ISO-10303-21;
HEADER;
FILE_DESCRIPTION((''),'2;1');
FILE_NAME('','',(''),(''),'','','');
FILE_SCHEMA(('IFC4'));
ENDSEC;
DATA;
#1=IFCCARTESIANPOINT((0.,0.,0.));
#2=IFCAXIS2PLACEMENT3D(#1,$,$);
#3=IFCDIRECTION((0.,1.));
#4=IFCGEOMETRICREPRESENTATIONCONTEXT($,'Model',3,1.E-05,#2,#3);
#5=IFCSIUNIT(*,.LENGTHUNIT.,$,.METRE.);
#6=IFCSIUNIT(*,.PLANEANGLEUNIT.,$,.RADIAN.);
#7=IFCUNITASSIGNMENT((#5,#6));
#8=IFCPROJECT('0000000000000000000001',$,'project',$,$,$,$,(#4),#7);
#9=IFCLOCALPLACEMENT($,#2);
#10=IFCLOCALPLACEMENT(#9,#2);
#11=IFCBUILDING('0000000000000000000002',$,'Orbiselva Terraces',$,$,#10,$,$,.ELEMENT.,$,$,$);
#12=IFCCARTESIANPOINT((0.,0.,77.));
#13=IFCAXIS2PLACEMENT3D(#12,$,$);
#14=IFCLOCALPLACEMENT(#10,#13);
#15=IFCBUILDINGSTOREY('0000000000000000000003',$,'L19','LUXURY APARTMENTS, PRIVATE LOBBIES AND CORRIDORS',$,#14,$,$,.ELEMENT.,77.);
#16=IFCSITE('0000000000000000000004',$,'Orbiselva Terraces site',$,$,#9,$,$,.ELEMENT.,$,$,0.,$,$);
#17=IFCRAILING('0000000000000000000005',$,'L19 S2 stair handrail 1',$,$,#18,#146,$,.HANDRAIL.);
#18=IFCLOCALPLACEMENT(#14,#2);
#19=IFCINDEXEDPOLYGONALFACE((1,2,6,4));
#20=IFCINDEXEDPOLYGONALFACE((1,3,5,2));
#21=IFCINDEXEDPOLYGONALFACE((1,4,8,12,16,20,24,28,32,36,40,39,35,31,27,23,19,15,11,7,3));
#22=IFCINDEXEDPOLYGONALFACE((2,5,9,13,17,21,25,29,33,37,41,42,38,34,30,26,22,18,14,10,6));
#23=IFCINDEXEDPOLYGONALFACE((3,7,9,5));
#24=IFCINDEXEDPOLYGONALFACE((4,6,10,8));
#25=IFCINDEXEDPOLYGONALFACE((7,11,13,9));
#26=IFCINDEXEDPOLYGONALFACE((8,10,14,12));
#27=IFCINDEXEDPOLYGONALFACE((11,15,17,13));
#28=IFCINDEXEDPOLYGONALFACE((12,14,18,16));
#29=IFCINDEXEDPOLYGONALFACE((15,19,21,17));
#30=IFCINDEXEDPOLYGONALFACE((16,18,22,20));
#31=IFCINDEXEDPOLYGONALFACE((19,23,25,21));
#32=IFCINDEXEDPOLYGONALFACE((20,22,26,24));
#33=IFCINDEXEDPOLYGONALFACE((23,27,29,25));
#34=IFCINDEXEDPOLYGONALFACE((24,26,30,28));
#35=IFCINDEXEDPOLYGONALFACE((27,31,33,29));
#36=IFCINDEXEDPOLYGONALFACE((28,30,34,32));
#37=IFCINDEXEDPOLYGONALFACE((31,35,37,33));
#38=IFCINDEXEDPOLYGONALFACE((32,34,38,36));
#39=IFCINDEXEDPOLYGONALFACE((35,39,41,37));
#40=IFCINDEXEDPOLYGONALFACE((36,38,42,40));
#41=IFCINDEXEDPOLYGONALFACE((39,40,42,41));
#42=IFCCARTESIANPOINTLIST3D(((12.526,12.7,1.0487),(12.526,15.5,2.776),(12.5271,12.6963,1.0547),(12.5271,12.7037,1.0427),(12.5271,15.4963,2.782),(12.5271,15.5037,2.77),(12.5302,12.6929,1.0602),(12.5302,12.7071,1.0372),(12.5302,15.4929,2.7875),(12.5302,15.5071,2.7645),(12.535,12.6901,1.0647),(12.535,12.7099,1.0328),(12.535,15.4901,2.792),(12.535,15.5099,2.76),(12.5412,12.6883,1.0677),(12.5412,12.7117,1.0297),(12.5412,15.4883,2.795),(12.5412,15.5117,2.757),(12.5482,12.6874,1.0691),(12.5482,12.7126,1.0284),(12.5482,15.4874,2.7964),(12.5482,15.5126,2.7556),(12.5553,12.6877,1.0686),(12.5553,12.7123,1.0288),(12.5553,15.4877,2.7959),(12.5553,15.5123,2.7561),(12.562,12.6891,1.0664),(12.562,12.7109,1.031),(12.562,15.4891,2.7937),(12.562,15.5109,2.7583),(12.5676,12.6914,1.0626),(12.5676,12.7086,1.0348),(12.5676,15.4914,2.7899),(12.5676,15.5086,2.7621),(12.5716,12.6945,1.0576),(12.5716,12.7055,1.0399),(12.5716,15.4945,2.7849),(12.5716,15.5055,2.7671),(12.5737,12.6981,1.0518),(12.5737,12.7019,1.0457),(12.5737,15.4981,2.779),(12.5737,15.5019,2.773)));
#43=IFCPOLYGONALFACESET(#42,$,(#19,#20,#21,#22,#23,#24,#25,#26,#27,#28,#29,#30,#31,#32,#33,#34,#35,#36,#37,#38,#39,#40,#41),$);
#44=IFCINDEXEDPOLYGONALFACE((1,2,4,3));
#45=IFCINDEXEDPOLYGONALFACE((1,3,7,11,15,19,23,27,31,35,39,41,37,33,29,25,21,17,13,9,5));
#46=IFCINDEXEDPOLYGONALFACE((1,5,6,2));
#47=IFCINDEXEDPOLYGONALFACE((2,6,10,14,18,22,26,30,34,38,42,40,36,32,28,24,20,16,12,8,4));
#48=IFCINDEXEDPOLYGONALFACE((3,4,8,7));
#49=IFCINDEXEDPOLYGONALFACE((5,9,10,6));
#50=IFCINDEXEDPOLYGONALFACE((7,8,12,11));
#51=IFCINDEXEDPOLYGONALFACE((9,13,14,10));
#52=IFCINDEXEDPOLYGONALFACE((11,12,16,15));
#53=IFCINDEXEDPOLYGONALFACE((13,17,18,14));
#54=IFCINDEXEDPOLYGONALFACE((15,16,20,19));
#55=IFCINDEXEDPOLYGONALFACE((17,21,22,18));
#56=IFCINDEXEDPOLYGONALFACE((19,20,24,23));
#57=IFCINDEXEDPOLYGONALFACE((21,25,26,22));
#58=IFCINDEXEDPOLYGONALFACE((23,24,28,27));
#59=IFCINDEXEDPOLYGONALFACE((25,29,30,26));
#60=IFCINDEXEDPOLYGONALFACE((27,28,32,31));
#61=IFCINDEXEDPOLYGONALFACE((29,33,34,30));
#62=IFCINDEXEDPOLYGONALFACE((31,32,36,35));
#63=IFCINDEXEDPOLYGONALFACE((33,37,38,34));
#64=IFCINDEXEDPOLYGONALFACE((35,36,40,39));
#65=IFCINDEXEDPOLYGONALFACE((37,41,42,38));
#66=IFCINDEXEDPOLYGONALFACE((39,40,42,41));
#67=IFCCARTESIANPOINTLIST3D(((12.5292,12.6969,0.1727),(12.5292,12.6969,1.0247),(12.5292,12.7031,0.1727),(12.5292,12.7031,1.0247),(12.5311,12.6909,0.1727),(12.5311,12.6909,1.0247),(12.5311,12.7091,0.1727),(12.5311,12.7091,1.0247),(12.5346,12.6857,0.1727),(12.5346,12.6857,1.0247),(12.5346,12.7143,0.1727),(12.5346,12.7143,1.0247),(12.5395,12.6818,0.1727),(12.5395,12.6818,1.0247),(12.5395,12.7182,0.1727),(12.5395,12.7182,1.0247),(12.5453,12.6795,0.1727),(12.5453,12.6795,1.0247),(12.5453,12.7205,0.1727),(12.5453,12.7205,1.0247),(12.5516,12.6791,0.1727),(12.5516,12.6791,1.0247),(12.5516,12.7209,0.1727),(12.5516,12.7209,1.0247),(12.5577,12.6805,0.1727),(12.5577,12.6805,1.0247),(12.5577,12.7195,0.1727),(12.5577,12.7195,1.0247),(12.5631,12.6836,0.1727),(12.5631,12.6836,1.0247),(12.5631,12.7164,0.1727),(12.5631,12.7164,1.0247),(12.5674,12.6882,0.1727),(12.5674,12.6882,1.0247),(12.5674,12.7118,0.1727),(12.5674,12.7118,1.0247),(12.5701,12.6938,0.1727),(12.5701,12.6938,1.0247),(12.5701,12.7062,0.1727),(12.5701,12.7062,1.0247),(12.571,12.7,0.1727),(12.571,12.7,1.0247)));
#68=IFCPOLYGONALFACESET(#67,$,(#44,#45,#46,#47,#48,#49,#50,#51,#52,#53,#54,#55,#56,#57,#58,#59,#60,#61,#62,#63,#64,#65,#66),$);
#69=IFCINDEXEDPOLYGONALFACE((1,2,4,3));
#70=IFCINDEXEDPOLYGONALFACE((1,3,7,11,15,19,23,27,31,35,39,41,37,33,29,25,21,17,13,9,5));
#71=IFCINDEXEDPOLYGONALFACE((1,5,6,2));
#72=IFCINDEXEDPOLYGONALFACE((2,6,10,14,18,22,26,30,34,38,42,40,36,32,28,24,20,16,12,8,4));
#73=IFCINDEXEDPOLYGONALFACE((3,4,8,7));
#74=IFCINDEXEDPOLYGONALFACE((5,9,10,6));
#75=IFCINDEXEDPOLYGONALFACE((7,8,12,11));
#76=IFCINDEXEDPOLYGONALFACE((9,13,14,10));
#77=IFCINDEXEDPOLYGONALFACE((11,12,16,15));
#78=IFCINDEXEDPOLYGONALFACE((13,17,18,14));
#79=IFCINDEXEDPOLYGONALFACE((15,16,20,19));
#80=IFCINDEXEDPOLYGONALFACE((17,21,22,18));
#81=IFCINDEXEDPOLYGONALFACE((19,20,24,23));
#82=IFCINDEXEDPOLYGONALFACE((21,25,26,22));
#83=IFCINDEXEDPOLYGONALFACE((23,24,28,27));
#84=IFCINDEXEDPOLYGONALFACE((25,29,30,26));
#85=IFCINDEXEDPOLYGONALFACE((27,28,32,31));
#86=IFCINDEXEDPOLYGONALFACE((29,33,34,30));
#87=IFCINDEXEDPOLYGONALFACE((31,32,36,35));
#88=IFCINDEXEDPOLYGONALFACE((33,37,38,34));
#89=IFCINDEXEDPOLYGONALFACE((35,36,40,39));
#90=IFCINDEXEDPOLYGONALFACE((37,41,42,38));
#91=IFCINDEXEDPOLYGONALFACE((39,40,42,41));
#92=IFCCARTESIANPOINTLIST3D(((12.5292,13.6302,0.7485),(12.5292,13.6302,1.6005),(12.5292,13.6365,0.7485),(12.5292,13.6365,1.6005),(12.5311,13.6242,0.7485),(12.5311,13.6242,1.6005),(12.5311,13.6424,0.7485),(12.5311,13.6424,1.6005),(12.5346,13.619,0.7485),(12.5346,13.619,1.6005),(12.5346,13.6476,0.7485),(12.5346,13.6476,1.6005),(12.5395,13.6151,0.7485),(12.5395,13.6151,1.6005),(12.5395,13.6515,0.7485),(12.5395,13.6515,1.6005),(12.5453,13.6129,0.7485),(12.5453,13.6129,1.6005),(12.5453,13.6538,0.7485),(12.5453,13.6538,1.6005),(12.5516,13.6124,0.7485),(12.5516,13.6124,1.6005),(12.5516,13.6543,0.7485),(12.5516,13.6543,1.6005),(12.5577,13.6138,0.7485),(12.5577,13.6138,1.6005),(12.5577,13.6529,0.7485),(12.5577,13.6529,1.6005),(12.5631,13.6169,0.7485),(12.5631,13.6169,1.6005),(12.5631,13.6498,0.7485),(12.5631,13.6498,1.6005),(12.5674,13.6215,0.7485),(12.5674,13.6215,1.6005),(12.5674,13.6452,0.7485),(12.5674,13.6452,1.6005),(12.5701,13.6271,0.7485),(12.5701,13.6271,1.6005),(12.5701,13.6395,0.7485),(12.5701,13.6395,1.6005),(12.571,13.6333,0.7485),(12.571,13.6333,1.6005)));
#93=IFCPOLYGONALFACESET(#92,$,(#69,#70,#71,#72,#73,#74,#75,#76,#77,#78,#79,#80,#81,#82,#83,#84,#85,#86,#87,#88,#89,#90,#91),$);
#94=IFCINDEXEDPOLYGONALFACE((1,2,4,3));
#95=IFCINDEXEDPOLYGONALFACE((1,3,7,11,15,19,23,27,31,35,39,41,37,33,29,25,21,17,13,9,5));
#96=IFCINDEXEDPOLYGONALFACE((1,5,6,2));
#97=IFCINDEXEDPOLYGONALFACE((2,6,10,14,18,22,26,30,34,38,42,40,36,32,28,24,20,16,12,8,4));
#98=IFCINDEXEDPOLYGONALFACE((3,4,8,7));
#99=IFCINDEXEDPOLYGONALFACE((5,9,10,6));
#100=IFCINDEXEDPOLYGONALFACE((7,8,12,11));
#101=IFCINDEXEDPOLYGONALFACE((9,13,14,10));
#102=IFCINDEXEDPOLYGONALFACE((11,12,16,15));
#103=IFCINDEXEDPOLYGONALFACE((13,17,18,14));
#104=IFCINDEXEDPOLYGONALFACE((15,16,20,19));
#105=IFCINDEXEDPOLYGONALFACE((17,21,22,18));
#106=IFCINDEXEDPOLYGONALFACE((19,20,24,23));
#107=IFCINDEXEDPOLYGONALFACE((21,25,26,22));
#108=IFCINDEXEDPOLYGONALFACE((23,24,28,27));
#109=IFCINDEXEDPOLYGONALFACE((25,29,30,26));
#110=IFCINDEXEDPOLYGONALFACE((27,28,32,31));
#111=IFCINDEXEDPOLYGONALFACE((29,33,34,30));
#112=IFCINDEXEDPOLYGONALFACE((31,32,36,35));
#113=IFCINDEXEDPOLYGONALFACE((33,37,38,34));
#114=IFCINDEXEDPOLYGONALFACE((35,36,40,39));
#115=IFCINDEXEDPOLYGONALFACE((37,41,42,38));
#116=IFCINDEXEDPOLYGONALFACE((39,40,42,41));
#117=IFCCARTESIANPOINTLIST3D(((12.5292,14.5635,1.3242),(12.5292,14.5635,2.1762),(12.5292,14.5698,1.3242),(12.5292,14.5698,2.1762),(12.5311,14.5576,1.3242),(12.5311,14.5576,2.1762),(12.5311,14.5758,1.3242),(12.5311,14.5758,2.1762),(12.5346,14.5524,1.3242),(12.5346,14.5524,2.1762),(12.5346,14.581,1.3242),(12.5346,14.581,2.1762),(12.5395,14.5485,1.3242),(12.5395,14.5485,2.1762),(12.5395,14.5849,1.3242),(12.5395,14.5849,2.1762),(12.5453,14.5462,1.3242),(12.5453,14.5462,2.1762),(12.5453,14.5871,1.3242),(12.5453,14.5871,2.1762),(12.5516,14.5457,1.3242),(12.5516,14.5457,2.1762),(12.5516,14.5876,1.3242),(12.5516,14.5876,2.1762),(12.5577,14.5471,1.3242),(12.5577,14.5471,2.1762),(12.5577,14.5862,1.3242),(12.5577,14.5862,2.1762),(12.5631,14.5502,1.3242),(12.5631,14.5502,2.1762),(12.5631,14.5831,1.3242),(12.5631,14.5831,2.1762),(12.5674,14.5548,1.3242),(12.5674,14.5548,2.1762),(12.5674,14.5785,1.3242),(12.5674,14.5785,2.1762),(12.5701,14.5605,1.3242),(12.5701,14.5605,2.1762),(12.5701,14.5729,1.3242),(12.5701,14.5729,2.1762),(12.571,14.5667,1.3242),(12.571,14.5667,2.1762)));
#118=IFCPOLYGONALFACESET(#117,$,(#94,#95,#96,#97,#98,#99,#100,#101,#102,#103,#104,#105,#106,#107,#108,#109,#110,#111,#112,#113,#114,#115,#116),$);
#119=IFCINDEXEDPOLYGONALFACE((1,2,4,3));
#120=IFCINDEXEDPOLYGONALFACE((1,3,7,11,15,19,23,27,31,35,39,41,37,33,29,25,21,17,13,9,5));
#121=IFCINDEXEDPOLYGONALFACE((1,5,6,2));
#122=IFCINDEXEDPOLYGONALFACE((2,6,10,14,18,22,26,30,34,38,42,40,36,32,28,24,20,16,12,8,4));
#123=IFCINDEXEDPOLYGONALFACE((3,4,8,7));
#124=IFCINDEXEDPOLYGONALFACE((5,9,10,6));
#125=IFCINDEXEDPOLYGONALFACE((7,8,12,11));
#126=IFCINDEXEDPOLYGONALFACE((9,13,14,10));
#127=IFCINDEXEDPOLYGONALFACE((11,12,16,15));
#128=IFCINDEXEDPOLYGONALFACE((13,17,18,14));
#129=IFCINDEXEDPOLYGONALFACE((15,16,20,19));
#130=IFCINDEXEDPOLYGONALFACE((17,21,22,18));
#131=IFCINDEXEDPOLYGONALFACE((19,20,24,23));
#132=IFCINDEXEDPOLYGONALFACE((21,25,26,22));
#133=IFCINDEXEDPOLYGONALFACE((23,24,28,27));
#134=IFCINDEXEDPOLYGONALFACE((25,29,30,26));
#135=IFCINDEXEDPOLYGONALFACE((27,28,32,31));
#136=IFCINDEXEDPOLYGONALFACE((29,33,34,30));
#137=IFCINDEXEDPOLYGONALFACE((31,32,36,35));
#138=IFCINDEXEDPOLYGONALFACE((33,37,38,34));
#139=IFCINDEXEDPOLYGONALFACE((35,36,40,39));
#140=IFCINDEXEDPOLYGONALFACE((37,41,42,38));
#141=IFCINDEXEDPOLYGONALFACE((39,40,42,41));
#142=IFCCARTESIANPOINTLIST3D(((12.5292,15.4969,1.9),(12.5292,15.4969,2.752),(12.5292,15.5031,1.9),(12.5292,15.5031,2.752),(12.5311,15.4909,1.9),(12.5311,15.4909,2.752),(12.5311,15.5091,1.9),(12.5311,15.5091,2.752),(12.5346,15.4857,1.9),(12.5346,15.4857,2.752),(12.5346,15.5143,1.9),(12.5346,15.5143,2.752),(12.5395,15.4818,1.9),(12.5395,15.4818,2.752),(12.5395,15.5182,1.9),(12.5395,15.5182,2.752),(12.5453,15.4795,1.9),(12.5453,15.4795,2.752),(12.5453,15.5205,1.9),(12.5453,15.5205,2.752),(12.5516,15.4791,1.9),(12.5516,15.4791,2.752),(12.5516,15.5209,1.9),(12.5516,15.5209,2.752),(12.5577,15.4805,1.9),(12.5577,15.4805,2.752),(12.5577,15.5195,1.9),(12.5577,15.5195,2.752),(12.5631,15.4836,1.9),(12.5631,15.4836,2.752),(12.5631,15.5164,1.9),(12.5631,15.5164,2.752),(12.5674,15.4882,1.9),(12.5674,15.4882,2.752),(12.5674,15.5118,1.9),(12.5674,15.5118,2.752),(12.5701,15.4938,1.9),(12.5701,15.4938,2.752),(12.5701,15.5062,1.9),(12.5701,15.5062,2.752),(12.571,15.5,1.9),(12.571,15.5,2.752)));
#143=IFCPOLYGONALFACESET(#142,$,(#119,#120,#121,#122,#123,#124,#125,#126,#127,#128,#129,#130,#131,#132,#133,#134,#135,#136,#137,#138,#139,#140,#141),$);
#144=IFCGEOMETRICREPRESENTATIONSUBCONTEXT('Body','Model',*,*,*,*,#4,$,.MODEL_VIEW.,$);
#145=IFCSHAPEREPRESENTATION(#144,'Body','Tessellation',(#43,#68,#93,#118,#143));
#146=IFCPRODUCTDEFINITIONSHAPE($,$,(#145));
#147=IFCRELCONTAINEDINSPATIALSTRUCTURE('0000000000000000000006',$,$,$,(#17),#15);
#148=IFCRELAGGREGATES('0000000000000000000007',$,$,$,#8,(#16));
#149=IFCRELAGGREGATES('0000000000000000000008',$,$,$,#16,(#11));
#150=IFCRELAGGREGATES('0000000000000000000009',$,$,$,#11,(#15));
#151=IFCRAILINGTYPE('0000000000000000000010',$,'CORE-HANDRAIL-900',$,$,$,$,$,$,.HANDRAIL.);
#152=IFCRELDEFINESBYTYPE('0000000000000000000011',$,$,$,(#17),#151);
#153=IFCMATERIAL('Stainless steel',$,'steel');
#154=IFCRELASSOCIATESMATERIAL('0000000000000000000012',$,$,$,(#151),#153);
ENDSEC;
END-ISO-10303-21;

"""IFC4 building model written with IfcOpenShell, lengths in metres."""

from ifc_helpers import new_model, si_unit, direction, frame, origin, origin_2d, place, context, subcontext, project, spatial, circle, extrude, material, type_object, element, save


model = new_model("IFC4")

# Units and contexts
model_context = context("Model", 3, precision=1e-05, world=origin(), true_north=direction((0.0, 1.0)))
body_context = subcontext(model_context, "Body", "Model", "MODEL_VIEW")
ifc_project = project(units=[si_unit("LENGTHUNIT", "METRE"), si_unit("PLANEANGLEUNIT", "RADIAN")], contexts=[model_context])

# Site, building, storey
site_placement = place(None, origin())
site = spatial("IfcSite", under=ifc_project, at=site_placement, Name="Orbiselva Terraces site", CompositionType="ELEMENT", RefElevation=0.0)
building_placement = place(site_placement, origin())
building = spatial("IfcBuilding", under=site, at=building_placement, Name="Orbiselva Terraces", CompositionType="ELEMENT")
storey_placement = place(building_placement, frame((0.0, 0.0, 77.0)))
storey = spatial("IfcBuildingStorey", under=building, at=storey_placement, Name="L19", Description="LUXURY APARTMENTS, PRIVATE LOBBIES AND CORRIDORS", CompositionType="ELEMENT", Elevation=77.0)

# Railing
ifc_material_1 = material(Name="Stainless steel", Category="steel")
railing_type = type_object("IfcRailingType", Name="CORE-HANDRAIL-900", PredefinedType="HANDRAIL", material=ifc_material_1)
railing_placement = place(storey_placement, frame((12.55, 12.7, 0.1727)))
element("IfcRailing", 1, at=railing_placement, inside=storey, type_object=railing_type, Name="L19 S2 stair handrail 1", PredefinedType="HANDRAIL", context=body_context, shape_type="SweptSolid", body=[
    extrude(circle(Radius=0.024, at=origin_2d()), frame((0.0, 0.0, 0.876), z_axis=(0.0, 0.851089, 0.525022), x_axis=(-1.0, 0.0, 0.0)), (0.0, 0.0, 1.0), 3.2899),
    extrude(circle(Radius=0.021, at=origin_2d()), origin(), (0.0, 0.0, 1.0), 0.852),
    extrude(circle(Radius=0.021, at=origin_2d()), frame((0.0, 0.9333, 0.5758)), (0.0, 0.0, 1.0), 0.852),
    extrude(circle(Radius=0.021, at=origin_2d()), frame((0.0, 1.8667, 1.1515)), (0.0, 0.0, 1.0), 0.852),
    extrude(circle(Radius=0.021, at=origin_2d()), frame((0.0, 2.8, 1.7273)), (0.0, 0.0, 1.0), 0.852),
])

save(model, "model.ifc")
